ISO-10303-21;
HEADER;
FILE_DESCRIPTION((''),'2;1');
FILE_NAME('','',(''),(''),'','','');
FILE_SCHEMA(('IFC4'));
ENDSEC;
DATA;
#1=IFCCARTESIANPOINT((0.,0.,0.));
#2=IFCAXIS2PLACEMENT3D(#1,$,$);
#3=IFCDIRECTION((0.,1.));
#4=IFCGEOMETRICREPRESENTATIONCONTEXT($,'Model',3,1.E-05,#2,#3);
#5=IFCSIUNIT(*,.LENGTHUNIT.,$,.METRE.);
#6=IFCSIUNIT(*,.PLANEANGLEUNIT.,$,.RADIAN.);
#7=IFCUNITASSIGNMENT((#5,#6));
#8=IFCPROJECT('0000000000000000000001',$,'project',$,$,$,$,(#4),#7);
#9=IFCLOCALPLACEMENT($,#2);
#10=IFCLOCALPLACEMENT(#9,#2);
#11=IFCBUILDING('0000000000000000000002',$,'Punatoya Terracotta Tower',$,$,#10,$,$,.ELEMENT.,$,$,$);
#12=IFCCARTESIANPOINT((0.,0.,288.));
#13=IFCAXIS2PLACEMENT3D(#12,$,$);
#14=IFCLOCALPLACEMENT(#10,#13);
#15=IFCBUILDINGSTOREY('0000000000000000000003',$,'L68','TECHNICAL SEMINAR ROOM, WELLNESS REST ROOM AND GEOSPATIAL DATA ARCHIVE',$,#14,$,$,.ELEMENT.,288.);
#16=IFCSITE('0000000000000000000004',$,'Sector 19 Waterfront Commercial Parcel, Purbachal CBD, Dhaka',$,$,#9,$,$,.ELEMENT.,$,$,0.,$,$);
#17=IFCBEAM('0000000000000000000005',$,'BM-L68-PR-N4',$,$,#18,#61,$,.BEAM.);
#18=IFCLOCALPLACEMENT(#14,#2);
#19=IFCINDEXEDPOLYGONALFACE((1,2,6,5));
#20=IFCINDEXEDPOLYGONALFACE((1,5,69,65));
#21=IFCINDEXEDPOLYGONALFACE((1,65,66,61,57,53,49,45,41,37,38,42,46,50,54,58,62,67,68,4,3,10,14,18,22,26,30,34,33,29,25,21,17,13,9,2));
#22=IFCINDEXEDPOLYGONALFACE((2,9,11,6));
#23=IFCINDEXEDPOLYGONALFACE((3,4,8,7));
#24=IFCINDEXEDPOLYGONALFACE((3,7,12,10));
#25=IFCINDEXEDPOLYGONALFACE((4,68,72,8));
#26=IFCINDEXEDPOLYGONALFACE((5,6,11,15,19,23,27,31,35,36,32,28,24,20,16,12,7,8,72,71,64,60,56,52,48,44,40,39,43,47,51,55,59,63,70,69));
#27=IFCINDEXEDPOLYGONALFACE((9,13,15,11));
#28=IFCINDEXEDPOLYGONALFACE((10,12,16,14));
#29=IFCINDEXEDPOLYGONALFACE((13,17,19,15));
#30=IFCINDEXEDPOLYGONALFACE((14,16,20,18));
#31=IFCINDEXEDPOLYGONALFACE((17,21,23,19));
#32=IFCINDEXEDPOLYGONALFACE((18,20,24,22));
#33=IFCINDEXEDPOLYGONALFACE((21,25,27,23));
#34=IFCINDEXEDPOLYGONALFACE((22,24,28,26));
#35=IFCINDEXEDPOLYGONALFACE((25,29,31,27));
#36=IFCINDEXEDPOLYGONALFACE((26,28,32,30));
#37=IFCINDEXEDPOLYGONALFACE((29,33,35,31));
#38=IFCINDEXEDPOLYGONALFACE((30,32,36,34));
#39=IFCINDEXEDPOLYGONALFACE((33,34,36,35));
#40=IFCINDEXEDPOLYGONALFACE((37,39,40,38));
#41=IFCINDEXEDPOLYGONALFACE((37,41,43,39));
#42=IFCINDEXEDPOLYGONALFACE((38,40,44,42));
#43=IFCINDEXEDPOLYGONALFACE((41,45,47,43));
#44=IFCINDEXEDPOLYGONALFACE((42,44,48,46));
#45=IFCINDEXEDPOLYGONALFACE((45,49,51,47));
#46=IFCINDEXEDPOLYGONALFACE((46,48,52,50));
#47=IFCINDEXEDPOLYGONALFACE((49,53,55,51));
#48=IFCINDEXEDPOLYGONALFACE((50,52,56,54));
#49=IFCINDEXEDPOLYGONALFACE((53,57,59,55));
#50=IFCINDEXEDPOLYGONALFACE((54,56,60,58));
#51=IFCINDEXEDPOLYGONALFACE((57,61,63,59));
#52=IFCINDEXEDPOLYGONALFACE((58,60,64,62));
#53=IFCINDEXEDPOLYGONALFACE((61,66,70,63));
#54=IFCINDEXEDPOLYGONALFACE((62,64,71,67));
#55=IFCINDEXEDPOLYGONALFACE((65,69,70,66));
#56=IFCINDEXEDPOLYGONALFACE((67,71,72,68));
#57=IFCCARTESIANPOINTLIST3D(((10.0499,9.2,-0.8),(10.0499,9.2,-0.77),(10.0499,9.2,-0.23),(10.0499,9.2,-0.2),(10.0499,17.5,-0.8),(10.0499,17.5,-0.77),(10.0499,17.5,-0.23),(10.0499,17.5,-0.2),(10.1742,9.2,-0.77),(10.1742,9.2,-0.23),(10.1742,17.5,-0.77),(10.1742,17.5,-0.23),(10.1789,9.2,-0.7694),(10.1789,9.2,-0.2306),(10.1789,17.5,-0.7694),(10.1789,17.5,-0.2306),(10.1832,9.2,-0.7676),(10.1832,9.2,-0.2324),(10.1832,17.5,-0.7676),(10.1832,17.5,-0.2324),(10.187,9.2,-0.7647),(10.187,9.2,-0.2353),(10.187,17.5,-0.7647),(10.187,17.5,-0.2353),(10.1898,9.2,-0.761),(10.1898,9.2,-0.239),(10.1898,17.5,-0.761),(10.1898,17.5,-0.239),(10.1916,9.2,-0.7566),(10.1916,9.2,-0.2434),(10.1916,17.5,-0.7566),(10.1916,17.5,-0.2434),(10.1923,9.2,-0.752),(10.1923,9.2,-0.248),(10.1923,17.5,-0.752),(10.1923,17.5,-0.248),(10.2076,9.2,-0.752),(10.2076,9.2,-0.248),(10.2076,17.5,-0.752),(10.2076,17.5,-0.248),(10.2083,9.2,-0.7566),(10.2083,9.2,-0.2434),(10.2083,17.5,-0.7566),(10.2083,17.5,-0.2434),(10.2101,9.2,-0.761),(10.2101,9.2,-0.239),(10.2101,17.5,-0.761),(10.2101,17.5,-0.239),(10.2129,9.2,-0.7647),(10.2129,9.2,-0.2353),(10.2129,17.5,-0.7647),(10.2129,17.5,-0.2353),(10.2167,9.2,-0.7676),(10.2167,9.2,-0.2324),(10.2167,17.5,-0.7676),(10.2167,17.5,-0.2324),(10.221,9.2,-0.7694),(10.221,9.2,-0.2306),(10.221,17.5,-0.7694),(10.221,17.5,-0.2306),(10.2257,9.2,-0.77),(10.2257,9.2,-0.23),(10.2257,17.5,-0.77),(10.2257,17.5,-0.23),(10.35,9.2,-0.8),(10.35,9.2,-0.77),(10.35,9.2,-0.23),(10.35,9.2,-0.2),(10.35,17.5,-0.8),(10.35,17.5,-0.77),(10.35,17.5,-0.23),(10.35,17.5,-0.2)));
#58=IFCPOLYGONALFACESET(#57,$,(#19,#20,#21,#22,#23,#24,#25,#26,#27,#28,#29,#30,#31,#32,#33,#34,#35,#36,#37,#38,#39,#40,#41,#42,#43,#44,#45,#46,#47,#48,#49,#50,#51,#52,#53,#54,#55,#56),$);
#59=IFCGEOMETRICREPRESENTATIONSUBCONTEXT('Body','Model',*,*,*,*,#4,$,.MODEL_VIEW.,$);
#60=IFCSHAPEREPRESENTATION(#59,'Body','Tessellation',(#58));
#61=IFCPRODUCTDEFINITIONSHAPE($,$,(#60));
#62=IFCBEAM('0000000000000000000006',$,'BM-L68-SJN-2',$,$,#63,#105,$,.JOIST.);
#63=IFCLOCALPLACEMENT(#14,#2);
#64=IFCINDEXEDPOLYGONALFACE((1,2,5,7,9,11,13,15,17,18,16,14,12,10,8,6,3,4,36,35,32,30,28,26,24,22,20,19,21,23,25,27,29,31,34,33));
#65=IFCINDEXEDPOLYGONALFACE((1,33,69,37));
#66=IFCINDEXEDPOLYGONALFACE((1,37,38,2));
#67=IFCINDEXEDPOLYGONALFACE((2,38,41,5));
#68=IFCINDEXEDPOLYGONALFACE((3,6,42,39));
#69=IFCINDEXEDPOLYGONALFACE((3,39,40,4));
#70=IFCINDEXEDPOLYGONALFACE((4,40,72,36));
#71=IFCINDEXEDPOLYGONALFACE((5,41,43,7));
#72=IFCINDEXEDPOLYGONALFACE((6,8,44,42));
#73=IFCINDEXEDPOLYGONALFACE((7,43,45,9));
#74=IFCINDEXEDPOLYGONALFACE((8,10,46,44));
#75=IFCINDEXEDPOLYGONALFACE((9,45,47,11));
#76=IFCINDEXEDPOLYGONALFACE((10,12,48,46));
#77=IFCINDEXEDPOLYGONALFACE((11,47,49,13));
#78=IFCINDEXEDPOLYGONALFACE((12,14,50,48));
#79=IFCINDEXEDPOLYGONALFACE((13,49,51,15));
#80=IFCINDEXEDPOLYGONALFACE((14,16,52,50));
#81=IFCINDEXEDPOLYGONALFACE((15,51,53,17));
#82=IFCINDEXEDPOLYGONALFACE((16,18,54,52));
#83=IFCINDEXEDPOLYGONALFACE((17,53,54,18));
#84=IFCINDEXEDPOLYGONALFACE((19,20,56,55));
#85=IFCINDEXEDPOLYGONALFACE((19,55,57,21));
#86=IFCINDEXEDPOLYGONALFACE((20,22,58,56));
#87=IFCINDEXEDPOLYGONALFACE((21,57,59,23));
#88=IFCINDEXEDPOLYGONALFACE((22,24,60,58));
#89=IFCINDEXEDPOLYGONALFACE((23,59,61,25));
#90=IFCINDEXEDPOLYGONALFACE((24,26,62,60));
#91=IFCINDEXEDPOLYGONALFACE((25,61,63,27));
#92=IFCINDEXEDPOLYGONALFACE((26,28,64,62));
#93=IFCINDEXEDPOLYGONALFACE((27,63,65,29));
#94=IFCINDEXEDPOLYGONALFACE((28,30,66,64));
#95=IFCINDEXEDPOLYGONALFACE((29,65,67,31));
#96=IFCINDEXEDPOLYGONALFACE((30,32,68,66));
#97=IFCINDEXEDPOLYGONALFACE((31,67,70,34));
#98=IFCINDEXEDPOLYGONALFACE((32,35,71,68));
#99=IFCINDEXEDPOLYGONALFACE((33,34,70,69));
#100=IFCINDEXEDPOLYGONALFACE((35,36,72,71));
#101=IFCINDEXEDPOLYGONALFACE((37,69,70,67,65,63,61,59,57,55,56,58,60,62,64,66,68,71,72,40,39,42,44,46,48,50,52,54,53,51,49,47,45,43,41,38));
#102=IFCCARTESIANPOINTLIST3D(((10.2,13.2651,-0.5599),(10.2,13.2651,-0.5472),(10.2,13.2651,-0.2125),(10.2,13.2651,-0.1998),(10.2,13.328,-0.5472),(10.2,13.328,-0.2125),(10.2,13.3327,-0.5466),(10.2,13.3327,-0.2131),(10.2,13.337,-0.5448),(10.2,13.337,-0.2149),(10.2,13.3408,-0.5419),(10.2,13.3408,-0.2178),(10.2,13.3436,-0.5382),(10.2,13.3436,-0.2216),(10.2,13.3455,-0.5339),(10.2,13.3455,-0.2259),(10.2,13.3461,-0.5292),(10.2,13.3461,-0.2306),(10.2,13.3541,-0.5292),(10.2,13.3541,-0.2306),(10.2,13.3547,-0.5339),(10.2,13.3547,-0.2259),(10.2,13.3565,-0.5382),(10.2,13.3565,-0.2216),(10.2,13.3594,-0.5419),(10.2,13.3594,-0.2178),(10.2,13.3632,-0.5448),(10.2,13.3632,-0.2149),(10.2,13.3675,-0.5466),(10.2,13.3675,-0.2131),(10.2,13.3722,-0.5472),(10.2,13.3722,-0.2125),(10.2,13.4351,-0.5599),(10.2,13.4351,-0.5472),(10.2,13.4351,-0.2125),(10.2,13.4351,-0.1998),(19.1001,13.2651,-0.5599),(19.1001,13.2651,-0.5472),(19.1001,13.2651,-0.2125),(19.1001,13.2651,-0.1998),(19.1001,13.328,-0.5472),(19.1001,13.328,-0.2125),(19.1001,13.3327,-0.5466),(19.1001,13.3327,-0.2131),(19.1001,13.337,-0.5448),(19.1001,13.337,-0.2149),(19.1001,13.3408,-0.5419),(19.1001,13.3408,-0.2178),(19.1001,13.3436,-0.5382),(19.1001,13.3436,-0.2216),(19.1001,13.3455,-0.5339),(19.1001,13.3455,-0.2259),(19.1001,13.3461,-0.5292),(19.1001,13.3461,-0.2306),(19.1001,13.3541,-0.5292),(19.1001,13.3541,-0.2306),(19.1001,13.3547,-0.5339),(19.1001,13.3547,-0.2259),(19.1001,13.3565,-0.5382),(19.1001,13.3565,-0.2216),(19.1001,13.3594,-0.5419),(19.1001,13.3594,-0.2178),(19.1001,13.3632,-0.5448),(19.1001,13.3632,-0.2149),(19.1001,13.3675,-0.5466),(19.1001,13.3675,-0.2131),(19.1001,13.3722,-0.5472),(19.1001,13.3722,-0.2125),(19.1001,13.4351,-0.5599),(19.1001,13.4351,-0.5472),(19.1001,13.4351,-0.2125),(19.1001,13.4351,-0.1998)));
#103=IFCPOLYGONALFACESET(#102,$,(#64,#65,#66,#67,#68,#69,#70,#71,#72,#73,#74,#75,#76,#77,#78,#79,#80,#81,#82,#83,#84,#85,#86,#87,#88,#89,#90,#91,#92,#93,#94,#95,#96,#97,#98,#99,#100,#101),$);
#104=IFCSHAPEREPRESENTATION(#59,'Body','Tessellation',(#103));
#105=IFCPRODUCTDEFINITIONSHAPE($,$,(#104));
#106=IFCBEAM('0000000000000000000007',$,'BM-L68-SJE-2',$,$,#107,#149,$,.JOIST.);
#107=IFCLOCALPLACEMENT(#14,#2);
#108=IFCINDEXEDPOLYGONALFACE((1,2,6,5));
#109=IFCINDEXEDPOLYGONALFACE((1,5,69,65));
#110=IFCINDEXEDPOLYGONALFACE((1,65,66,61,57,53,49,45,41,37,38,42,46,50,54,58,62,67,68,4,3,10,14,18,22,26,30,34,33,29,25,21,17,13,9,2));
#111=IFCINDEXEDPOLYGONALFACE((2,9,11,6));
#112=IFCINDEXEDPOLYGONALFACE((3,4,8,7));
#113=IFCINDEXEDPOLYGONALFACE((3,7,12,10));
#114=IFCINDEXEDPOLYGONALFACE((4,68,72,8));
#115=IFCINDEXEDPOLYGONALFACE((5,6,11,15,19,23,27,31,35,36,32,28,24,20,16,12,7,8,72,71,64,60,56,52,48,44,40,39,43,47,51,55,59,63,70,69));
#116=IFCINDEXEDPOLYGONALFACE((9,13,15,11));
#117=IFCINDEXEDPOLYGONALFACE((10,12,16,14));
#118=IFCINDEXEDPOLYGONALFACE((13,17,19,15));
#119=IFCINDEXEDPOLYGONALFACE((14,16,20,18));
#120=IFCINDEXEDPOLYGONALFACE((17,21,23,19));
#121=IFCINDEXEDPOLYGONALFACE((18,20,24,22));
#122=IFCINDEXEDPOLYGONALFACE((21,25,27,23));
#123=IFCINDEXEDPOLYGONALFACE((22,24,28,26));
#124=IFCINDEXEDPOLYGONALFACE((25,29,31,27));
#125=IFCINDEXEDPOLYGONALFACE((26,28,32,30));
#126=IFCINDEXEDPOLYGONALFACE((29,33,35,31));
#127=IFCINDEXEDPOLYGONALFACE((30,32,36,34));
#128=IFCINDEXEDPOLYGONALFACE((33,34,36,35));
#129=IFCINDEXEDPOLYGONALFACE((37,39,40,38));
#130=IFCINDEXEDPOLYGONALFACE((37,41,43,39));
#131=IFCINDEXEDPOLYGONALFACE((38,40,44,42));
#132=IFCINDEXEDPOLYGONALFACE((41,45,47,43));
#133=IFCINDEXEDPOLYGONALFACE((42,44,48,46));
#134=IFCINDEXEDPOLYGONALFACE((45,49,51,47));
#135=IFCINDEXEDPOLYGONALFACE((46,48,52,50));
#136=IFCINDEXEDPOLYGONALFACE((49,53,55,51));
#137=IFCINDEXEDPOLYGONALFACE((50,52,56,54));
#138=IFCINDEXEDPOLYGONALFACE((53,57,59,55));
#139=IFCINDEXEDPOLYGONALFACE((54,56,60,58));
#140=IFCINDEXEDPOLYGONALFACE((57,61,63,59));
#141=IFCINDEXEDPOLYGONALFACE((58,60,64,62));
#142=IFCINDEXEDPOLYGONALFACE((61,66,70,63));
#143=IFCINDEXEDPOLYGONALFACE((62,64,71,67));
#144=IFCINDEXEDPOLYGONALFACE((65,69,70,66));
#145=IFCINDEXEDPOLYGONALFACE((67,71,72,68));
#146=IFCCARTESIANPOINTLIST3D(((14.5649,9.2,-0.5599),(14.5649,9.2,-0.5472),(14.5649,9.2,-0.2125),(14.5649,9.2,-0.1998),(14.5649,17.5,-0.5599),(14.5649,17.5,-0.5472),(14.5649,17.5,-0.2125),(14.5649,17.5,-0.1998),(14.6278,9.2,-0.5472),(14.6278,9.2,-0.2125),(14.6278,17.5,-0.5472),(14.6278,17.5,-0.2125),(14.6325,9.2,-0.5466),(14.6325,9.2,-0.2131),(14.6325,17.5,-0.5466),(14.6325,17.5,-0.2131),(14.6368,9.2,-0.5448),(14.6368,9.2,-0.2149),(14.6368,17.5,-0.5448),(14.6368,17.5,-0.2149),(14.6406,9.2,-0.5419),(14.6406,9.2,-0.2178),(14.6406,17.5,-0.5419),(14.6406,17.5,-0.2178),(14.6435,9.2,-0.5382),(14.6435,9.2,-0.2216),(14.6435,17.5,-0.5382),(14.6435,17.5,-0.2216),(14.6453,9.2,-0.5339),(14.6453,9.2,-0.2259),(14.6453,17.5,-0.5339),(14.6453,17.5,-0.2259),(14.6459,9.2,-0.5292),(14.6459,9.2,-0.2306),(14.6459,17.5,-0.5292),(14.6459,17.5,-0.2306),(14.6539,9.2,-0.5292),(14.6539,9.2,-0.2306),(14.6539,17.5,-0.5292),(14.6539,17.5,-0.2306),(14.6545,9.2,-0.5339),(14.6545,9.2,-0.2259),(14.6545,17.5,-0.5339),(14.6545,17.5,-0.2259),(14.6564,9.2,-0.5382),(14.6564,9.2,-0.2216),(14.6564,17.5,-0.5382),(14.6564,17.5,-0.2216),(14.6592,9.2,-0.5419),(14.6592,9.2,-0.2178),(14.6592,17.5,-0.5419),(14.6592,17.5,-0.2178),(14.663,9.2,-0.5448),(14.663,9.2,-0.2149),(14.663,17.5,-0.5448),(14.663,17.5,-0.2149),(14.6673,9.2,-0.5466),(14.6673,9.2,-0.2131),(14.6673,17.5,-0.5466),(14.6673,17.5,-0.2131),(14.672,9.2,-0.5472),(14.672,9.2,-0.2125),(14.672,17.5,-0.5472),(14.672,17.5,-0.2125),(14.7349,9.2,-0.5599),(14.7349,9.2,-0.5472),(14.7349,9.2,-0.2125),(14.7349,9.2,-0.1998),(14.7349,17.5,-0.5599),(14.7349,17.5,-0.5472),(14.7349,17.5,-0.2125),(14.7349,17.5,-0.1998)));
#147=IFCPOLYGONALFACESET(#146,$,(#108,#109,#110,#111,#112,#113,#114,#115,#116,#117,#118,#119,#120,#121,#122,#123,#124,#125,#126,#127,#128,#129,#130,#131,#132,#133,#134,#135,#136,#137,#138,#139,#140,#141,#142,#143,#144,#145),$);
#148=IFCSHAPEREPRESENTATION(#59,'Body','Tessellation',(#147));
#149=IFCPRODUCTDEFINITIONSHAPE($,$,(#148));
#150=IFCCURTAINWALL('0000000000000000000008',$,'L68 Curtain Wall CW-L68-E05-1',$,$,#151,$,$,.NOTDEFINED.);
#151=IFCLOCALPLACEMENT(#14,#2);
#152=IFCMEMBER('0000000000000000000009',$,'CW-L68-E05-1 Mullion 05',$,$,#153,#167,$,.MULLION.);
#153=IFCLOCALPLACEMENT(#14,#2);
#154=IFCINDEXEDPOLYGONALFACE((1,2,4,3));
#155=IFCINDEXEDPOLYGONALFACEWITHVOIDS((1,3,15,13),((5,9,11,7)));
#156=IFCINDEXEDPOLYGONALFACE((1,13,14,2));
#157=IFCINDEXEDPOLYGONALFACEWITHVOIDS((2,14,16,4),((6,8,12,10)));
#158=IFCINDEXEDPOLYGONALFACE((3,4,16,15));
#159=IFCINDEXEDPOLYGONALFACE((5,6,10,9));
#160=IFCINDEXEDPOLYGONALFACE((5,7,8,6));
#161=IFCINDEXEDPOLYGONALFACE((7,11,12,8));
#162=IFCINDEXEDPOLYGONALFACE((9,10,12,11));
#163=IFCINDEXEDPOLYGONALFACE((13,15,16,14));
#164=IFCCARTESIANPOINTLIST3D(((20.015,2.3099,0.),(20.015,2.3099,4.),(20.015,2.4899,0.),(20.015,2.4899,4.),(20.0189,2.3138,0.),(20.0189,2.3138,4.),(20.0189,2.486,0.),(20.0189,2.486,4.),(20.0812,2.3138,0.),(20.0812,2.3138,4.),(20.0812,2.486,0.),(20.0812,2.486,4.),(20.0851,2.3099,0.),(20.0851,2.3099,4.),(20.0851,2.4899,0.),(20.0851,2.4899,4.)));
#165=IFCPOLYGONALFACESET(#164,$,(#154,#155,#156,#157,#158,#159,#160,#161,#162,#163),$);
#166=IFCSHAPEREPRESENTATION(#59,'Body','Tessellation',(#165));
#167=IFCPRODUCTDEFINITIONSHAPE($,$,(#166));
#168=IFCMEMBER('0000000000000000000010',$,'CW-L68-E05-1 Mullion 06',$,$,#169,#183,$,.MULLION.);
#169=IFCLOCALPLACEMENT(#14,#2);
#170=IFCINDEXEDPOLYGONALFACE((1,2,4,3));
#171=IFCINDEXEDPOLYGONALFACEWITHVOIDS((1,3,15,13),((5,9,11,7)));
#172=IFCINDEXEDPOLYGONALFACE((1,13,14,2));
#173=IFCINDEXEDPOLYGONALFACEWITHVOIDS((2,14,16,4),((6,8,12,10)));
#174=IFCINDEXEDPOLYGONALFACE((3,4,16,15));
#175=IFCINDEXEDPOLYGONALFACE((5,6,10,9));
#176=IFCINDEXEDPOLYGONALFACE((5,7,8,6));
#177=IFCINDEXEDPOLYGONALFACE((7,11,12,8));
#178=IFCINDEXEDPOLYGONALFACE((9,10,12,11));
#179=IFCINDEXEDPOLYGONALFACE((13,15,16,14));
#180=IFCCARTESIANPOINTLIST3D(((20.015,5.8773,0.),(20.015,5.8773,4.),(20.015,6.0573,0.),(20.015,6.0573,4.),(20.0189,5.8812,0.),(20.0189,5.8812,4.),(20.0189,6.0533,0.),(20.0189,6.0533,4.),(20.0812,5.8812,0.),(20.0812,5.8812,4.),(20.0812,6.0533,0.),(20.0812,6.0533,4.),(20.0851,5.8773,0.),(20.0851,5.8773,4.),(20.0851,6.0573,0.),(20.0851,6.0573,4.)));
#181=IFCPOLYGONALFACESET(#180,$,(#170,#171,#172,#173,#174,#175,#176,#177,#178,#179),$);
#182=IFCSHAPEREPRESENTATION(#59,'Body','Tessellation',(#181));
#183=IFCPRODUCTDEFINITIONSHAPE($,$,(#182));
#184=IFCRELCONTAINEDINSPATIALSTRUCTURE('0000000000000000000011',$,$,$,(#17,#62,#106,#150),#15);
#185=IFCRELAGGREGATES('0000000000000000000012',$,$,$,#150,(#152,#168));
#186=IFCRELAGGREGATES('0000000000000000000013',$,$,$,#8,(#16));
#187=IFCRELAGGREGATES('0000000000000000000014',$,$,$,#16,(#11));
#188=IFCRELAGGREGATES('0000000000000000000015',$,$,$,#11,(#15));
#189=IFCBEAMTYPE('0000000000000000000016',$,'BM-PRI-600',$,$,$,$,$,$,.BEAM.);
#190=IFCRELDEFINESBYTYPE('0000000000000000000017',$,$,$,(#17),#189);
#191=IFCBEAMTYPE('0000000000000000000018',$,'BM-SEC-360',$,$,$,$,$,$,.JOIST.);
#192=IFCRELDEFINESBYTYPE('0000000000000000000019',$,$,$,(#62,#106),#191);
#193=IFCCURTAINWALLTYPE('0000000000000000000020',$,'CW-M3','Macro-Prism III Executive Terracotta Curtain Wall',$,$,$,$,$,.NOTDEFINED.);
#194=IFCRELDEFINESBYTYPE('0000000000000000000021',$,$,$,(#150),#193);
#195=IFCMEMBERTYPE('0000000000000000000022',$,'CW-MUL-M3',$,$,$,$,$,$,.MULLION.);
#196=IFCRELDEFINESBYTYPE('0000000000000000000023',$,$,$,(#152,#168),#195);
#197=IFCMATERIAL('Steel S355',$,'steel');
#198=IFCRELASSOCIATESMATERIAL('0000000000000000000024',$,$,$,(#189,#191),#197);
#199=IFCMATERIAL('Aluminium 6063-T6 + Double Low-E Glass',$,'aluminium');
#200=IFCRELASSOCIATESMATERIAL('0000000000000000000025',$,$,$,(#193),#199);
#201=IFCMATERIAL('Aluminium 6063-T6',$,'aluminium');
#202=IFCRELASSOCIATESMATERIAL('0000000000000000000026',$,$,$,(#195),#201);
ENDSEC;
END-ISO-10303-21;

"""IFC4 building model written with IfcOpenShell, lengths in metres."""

from ifc_helpers import new_model, si_unit, direction, frame, origin, origin_2d, place, context, subcontext, project, spatial, hollow_rectangle, i_section, extrude, material, material_profile, profile_set, type_object, element, aggregate, save


model = new_model("IFC4")

# Units and contexts
model_context = context("Model", 3, precision=1e-05, world=origin(), true_north=direction((0.0, 1.0)))
body_context = subcontext(model_context, "Body", "Model", "MODEL_VIEW")
ifc_project = project(units=[si_unit("LENGTHUNIT", "METRE"), si_unit("PLANEANGLEUNIT", "RADIAN")], contexts=[model_context])

# Site, building, storey
site_placement = place(None, origin())
site = spatial("IfcSite", under=ifc_project, at=site_placement, Name="Sector 19 Waterfront Commercial Parcel, Purbachal CBD, Dhaka", CompositionType="ELEMENT", RefElevation=0.0)
building_placement = place(site_placement, origin())
building = spatial("IfcBuilding", under=site, at=building_placement, Name="Punatoya Terracotta Tower", CompositionType="ELEMENT")
storey_placement = place(building_placement, frame((0.0, 0.0, 288.0)))
storey = spatial("IfcBuildingStorey", under=building, at=storey_placement, Name="L68", Description="TECHNICAL SEMINAR ROOM, WELLNESS REST ROOM AND GEOSPATIAL DATA ARCHIVE", CompositionType="ELEMENT", Elevation=288.0)

# Beams
ifc_material_1 = material(Name="Steel S355", Category="steel")
ifc_material_profile_1 = material_profile(ifc_material_1, i_section(OverallWidth=0.3, OverallDepth=0.6001, WebThickness=0.0154, FlangeThickness=0.03, FilletRadius=0.0181, at=origin_2d()))
ifc_profile_set_1 = profile_set([ifc_material_profile_1], Name="Steel S355")
beam_type_1 = type_object("IfcBeamType", Name="BM-PRI-600", PredefinedType="BEAM", material=ifc_profile_set_1)
beam_1_placement = place(storey_placement, frame((10.2, 9.2, -0.5), z_axis=(0.0, 1.0, 0.0), x_axis=(-1.0, 0.0, 0.0)))
element("IfcBeam", 1, at=beam_1_placement, inside=storey, type_object=beam_type_1, Name="BM-L68-PR-N4", PredefinedType="BEAM", context=body_context, shape_type="SweptSolid", body=[
    extrude(i_section(OverallWidth=0.3, OverallDepth=0.6001, WebThickness=0.0154, FlangeThickness=0.03, FilletRadius=0.0181, at=origin_2d()), origin(), (0.0, 0.0, 1.0), 8.3),
])
ifc_material_profile_2 = material_profile(ifc_material_1, i_section(OverallWidth=0.1699, OverallDepth=0.3601, WebThickness=0.0081, FlangeThickness=0.0127, FilletRadius=0.0181, at=origin_2d()))
ifc_profile_set_2 = profile_set([ifc_material_profile_2], Name="Steel S355")
beam_type_2 = type_object("IfcBeamType", Name="BM-SEC-360", PredefinedType="JOIST", material=ifc_profile_set_2)
beam_2_placement = place(storey_placement, frame((10.2, 13.3501, -0.3799), z_axis=(1.0, 0.0, 0.0), x_axis=(0.0, 1.0, 0.0)))
element("IfcBeam", 2, at=beam_2_placement, inside=storey, type_object=beam_type_2, Name="BM-L68-SJN-2", PredefinedType="JOIST", context=body_context, shape_type="SweptSolid", body=[
    extrude(i_section(OverallWidth=0.1699, OverallDepth=0.3601, WebThickness=0.0081, FlangeThickness=0.0127, FilletRadius=0.0181, at=origin_2d()), origin(), (0.0, 0.0, 1.0), 8.9001),
])
beam_3_placement = place(storey_placement, frame((14.6499, 9.2, -0.3799), z_axis=(0.0, 1.0, 0.0), x_axis=(-1.0, 0.0, 0.0)))
element("IfcBeam", 3, at=beam_3_placement, inside=storey, type_object=beam_type_2, Name="BM-L68-SJE-2", PredefinedType="JOIST", context=body_context, shape_type="SweptSolid", body=[
    extrude(i_section(OverallWidth=0.1699, OverallDepth=0.3601, WebThickness=0.0081, FlangeThickness=0.0127, FilletRadius=0.0181, at=origin_2d()), origin(), (0.0, 0.0, 1.0), 8.3),
])

# Curtain wall, members
ifc_material_2 = material(Name="Aluminium 6063-T6 + Double Low-E Glass", Category="aluminium")
curtain_wall_type = type_object("IfcCurtainWallType", Name="CW-M3", Description="Macro-Prism III Executive Terracotta Curtain Wall", PredefinedType="NOTDEFINED", material=ifc_material_2)
curtain_wall_placement = place(storey_placement, origin())
curtain_wall = element("IfcCurtainWall", 4, at=curtain_wall_placement, inside=storey, type_object=curtain_wall_type, Name="L68 Curtain Wall CW-L68-E05-1", PredefinedType="NOTDEFINED")
ifc_material_3 = material(Name="Aluminium 6063-T6", Category="aluminium")
ifc_material_profile_3 = material_profile(ifc_material_3, hollow_rectangle(XDim=0.0701, YDim=0.1799, WallThickness=0.0039, at=origin_2d()))
ifc_profile_set_3 = profile_set([ifc_material_profile_3], Name="Aluminium 6063-T6")
member_type = type_object("IfcMemberType", Name="CW-MUL-M3", PredefinedType="MULLION", material=ifc_profile_set_3)
member_1_placement = place(storey_placement, frame((20.05, 2.3999, 0.0), z_axis=(0.0, 0.0, 1.0), x_axis=(1.0, 0.0, 0.0)))
member_1 = element("IfcMember", 5, at=member_1_placement, type_object=member_type, Name="CW-L68-E05-1 Mullion 05", PredefinedType="MULLION", context=body_context, shape_type="SweptSolid", body=[
    extrude(hollow_rectangle(XDim=0.0701, YDim=0.1799, WallThickness=0.0039, at=origin_2d()), origin(), (0.0, 0.0, 1.0), 4.0),
])
member_2_placement = place(storey_placement, frame((20.05, 5.9673, 0.0), z_axis=(0.0, 0.0, 1.0), x_axis=(1.0, 0.0, 0.0)))
member_2 = element("IfcMember", 6, at=member_2_placement, type_object=member_type, Name="CW-L68-E05-1 Mullion 06", PredefinedType="MULLION", context=body_context, shape_type="SweptSolid", body=[
    extrude(hollow_rectangle(XDim=0.0701, YDim=0.1799, WallThickness=0.0039, at=origin_2d()), origin(), (0.0, 0.0, 1.0), 4.0),
])
aggregate(curtain_wall, [member_1, member_2])

save(model, "model.ifc")
